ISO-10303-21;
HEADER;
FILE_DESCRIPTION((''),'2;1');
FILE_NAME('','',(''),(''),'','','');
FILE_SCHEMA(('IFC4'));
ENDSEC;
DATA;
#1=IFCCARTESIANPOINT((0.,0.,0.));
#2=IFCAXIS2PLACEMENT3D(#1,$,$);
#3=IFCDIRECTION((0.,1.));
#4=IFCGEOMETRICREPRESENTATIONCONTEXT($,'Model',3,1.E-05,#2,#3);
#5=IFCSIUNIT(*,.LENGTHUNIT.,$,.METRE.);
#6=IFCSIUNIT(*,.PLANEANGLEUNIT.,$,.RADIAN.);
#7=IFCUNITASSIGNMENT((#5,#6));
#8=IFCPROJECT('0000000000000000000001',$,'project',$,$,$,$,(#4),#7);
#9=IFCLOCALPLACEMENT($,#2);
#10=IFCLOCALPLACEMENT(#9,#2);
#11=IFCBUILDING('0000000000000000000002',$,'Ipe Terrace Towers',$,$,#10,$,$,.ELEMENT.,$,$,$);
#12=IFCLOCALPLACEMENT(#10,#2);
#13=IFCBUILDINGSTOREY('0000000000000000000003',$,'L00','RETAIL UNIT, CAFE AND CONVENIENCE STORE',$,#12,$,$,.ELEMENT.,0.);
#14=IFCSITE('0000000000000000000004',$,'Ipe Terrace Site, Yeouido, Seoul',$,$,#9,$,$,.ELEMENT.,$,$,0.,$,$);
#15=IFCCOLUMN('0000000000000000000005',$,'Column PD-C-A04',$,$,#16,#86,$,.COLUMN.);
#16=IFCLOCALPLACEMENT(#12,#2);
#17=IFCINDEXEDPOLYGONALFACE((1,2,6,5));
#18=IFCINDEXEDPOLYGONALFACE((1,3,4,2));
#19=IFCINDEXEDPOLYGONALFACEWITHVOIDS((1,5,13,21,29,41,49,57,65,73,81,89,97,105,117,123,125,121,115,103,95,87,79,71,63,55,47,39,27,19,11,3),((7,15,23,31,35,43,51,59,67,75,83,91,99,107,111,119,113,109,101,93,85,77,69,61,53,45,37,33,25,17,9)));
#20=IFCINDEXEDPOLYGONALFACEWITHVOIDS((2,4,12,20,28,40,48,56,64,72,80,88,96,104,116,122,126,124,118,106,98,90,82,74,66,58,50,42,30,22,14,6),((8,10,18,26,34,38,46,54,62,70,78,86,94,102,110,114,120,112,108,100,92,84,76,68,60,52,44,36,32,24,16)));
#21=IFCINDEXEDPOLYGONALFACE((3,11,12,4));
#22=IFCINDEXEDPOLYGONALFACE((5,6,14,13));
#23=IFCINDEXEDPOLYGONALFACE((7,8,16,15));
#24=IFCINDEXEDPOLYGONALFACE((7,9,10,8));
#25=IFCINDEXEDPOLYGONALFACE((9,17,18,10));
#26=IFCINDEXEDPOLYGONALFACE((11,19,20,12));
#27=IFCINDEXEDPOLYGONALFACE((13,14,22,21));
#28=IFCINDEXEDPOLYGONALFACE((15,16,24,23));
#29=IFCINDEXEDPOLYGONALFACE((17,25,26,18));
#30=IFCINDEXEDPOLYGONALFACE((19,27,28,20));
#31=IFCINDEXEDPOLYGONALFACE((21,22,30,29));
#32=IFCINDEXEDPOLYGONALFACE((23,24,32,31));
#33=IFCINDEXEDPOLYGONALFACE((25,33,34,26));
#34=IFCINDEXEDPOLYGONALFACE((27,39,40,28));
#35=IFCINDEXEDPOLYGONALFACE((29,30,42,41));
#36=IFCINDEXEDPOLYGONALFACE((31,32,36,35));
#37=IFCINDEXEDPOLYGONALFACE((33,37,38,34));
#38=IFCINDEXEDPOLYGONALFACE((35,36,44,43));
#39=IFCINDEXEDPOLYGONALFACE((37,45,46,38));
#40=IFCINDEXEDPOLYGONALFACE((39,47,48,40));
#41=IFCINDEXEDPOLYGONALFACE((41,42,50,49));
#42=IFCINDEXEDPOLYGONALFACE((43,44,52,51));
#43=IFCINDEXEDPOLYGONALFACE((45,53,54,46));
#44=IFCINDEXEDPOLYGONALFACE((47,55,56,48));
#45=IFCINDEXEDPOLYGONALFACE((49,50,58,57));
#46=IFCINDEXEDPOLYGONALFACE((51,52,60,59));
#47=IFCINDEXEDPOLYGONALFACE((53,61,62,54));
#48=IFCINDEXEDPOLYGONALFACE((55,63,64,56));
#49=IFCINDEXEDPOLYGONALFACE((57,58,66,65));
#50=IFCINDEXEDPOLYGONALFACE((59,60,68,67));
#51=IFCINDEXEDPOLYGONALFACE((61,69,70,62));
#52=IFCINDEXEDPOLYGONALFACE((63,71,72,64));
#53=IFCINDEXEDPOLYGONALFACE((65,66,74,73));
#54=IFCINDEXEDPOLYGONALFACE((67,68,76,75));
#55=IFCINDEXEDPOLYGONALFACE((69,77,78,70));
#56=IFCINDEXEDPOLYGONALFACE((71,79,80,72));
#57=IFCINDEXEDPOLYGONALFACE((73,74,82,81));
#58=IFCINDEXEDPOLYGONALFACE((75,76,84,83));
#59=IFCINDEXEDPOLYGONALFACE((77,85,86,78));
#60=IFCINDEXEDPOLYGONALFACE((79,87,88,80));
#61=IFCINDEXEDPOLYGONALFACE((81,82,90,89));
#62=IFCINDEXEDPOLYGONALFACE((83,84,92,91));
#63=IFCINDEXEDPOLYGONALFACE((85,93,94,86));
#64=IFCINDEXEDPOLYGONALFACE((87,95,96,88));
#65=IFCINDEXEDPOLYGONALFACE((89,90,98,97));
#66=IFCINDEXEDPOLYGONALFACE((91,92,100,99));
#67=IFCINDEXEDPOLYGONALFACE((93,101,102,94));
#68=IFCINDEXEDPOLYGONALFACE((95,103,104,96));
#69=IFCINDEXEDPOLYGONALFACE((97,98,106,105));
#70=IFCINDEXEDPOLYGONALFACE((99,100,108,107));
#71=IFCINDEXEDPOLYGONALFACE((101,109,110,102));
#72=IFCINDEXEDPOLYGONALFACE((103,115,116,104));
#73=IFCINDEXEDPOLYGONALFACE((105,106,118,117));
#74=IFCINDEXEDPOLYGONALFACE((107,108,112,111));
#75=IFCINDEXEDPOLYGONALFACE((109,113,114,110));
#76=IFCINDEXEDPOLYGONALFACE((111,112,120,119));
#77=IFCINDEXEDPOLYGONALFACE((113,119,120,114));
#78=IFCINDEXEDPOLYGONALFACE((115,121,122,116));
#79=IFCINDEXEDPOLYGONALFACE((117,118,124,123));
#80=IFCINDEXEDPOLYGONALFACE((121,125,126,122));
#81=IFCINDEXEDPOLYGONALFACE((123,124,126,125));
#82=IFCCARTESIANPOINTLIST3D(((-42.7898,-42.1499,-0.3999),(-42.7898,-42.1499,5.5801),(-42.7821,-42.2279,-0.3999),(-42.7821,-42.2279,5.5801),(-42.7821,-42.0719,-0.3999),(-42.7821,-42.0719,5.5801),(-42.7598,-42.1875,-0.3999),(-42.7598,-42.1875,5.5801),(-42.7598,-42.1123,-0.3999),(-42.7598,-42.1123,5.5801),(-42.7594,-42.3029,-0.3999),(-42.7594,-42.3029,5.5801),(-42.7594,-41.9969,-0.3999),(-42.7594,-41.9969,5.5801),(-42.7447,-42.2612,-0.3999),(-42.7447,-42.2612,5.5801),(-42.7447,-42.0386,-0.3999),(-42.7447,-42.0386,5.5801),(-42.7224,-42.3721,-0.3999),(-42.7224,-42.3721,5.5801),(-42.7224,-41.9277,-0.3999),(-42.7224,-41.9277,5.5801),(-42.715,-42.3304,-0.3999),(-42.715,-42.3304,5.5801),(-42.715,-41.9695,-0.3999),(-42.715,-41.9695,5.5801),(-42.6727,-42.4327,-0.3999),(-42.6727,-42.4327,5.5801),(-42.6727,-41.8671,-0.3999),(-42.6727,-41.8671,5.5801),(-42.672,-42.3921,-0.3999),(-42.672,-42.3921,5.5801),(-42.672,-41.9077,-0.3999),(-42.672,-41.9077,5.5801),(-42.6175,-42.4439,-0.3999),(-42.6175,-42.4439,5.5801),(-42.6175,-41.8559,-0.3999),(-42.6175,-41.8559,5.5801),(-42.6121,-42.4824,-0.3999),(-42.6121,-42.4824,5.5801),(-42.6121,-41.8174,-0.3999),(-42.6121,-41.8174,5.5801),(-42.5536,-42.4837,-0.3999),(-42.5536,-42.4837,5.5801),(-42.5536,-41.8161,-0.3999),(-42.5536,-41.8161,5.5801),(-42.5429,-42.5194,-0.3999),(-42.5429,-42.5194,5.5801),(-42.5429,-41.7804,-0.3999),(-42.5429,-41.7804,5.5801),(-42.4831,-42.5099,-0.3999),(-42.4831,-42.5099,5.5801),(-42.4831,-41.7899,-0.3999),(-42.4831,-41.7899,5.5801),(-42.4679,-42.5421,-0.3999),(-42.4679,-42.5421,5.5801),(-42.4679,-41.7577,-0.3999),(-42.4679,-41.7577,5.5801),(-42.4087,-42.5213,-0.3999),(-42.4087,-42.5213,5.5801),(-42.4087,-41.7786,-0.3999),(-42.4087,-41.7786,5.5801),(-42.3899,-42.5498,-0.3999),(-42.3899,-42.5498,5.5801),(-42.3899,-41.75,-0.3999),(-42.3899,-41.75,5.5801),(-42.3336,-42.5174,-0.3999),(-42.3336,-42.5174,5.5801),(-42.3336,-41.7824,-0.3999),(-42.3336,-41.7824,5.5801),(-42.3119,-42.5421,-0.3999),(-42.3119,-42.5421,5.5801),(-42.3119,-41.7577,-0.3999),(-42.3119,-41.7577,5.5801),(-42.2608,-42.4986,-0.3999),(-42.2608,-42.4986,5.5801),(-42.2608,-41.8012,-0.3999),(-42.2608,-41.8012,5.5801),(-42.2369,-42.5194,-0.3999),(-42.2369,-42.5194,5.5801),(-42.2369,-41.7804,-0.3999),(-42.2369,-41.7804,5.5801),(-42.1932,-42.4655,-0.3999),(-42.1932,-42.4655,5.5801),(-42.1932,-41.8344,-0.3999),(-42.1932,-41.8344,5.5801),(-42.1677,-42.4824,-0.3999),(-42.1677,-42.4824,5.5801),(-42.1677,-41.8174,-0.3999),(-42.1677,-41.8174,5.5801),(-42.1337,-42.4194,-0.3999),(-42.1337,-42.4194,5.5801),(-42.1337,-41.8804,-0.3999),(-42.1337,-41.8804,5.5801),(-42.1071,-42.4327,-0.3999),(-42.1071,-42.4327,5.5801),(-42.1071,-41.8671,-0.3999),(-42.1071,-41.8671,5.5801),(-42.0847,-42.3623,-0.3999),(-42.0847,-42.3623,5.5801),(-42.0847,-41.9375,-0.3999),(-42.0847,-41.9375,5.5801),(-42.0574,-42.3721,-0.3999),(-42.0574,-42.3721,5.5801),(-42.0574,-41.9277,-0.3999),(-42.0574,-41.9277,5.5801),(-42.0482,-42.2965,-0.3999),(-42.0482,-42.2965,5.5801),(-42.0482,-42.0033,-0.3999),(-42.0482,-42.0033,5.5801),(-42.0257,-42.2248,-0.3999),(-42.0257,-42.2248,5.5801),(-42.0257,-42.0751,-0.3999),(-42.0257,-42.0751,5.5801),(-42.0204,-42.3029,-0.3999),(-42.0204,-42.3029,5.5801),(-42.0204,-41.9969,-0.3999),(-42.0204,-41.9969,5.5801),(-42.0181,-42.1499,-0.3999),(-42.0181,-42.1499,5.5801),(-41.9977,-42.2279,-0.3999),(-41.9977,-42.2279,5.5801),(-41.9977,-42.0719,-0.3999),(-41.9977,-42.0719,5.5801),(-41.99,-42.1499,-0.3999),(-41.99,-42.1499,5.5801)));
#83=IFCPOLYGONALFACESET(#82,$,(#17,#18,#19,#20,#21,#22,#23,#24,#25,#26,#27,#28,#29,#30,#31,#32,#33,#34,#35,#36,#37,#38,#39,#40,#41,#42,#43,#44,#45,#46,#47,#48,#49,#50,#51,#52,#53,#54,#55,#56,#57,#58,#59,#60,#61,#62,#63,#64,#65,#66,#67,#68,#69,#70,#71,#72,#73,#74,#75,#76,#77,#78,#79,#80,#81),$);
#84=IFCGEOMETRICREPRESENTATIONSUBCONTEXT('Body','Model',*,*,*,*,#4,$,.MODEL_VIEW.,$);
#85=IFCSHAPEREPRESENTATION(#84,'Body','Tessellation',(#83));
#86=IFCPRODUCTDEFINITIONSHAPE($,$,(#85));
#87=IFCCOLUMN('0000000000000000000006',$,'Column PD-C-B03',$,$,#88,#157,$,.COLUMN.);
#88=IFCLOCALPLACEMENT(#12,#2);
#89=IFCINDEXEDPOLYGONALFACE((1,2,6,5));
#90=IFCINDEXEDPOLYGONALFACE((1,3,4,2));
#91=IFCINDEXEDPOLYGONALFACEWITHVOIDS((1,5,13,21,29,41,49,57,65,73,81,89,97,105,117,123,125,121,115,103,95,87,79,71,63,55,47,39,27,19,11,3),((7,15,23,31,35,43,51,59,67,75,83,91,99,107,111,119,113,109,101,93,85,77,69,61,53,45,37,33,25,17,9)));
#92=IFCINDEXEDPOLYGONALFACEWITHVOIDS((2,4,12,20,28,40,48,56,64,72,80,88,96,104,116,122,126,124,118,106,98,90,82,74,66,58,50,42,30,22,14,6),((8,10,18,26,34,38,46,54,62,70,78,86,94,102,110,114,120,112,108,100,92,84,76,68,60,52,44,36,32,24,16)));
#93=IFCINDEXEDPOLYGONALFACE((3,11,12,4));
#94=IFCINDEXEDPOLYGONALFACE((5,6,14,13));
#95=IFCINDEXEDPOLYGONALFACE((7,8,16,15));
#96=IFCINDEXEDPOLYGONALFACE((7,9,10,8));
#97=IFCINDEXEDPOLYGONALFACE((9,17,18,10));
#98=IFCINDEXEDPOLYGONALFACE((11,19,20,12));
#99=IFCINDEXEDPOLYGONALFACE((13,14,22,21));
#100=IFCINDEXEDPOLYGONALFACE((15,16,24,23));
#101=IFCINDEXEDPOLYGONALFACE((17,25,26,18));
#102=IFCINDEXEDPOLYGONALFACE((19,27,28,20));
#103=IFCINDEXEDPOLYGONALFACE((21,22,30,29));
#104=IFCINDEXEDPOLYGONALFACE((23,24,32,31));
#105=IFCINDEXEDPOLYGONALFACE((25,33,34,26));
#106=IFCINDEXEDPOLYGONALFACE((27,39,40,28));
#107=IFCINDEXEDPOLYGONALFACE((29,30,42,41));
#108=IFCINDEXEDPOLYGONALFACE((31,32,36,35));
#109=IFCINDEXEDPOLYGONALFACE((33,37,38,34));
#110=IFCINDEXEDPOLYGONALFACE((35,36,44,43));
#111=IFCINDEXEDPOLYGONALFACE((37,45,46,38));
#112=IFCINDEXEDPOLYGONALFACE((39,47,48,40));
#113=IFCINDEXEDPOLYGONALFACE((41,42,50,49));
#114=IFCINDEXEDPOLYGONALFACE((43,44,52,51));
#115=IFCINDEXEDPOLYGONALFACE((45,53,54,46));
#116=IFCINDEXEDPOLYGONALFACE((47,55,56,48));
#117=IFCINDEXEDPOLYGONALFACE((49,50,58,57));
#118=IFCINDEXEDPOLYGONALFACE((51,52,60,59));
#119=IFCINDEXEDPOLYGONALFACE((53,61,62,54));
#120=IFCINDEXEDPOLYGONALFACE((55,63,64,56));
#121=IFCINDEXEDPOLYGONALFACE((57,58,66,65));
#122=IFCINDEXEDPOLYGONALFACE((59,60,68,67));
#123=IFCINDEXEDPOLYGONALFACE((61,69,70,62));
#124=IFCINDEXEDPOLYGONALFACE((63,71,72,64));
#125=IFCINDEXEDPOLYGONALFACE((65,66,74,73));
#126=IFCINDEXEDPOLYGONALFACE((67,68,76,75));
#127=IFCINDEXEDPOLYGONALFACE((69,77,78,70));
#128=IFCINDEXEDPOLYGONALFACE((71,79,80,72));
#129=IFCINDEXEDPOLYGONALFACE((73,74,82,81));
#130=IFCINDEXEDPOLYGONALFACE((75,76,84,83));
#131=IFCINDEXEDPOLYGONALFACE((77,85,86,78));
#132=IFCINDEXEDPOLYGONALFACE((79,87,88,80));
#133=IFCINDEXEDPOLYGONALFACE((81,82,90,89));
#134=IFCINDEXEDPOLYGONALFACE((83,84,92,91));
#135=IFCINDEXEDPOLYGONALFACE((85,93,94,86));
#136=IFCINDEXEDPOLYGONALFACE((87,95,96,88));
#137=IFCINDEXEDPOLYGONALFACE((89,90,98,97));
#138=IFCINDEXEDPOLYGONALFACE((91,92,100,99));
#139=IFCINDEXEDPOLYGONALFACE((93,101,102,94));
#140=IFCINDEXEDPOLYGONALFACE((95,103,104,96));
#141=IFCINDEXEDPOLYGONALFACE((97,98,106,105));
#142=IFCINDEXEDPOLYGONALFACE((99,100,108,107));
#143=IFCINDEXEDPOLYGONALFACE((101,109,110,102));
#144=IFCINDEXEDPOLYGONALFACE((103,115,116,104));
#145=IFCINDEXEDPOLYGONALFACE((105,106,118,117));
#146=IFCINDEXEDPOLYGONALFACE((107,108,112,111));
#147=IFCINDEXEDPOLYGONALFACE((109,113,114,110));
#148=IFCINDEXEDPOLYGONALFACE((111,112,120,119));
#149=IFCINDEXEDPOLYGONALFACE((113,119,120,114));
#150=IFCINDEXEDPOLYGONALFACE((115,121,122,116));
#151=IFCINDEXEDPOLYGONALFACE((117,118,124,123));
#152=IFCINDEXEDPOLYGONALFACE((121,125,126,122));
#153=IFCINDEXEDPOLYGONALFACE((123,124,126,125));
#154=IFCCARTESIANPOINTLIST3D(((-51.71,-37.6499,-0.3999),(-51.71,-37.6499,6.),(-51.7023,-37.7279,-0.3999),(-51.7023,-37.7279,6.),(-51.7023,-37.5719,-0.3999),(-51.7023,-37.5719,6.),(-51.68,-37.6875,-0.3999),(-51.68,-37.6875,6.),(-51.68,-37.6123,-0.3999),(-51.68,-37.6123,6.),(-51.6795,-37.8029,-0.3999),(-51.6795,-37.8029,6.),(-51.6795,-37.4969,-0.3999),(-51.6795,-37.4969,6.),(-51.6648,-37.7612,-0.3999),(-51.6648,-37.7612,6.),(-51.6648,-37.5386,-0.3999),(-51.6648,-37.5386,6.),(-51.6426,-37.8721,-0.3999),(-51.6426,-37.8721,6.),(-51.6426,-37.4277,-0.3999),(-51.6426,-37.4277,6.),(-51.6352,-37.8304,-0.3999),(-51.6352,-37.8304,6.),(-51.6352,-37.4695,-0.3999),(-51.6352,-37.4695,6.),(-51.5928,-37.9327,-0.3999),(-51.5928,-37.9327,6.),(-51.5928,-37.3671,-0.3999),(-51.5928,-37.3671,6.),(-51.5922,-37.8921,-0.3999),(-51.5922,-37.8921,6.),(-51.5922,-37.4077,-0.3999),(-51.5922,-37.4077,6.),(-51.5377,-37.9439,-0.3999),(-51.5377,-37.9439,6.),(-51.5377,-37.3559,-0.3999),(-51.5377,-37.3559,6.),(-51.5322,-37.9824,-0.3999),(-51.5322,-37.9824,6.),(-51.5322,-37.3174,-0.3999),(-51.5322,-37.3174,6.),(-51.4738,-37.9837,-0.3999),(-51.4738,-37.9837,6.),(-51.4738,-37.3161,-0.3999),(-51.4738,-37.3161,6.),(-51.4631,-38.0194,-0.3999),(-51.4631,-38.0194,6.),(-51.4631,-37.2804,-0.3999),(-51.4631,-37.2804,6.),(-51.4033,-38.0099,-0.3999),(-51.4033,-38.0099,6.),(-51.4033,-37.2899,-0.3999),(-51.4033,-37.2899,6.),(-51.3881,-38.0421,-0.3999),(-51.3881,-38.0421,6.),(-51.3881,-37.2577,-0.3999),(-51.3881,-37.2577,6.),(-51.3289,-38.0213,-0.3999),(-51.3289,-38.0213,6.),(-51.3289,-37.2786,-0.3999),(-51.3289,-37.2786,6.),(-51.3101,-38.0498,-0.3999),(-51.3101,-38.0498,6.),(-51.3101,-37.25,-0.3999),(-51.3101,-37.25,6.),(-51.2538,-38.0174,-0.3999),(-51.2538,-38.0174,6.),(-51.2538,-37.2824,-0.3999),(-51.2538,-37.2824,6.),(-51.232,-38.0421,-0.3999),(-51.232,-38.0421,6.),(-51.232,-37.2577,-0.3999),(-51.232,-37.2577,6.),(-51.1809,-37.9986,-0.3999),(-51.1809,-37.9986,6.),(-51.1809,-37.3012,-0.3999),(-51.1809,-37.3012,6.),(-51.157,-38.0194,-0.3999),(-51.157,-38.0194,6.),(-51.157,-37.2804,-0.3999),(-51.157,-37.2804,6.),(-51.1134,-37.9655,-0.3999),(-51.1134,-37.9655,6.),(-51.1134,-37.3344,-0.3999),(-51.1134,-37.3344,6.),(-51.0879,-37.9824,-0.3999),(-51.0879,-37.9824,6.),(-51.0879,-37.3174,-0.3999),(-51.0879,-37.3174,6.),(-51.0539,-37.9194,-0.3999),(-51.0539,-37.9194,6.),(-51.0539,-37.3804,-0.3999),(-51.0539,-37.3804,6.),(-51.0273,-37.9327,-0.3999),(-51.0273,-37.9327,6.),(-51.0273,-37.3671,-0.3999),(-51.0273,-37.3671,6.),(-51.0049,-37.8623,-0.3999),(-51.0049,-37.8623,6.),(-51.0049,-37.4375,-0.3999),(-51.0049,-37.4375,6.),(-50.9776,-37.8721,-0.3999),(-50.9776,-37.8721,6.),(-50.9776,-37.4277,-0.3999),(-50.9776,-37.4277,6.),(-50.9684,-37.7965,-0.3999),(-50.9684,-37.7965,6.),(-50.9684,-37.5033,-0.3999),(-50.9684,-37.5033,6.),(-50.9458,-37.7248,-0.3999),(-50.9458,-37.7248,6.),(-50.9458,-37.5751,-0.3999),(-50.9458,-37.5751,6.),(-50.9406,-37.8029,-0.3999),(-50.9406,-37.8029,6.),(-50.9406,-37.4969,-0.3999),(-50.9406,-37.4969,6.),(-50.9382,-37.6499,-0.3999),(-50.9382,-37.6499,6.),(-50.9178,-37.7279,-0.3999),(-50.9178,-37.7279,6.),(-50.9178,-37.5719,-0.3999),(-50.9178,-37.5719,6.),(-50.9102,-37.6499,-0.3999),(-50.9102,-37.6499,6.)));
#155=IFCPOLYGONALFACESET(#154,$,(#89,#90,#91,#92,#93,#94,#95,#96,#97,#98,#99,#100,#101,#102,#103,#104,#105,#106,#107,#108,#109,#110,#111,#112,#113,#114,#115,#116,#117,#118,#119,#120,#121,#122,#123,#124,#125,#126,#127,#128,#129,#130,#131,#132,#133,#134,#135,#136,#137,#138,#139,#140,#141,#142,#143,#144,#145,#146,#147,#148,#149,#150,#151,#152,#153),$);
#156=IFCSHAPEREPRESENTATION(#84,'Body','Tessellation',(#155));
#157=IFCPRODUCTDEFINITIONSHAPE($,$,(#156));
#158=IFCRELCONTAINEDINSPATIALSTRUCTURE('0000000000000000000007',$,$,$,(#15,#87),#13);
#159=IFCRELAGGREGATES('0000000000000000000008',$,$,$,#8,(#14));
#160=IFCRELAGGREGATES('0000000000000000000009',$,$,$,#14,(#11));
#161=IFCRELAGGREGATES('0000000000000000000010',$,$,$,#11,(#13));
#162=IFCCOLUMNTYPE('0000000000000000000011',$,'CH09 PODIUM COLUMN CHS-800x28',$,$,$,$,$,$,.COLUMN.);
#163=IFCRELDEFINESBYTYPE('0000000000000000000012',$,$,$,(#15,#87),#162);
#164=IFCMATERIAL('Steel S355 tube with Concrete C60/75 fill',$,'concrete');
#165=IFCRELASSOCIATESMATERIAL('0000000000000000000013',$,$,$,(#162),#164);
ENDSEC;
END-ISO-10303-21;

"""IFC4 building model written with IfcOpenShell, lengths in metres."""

from ifc_helpers import new_model, si_unit, direction, frame, origin, origin_2d, place, context, subcontext, project, spatial, hollow_circle, extrude, material, material_profile, profile_set, type_object, element, save


model = new_model("IFC4")

# Units and contexts
model_context = context("Model", 3, precision=1e-05, world=origin(), true_north=direction((0.0, 1.0)))
body_context = subcontext(model_context, "Body", "Model", "MODEL_VIEW")
ifc_project = project(units=[si_unit("LENGTHUNIT", "METRE"), si_unit("PLANEANGLEUNIT", "RADIAN")], contexts=[model_context])

# Site, building, storey
site_placement = place(None, origin())
site = spatial("IfcSite", under=ifc_project, at=site_placement, Name="Ipe Terrace Site, Yeouido, Seoul", CompositionType="ELEMENT", RefElevation=0.0)
building_placement = place(site_placement, origin())
building = spatial("IfcBuilding", under=site, at=building_placement, Name="Ipe Terrace Towers", CompositionType="ELEMENT")
storey_placement = place(building_placement, origin())
storey = spatial("IfcBuildingStorey", under=building, at=storey_placement, Name="L00", Description="RETAIL UNIT, CAFE AND CONVENIENCE STORE", CompositionType="ELEMENT", Elevation=0.0)

# Columns
ifc_material_1 = material(Name="Steel S355 tube with Concrete C60/75 fill", Category="concrete")
ifc_material_profile_1 = material_profile(ifc_material_1, hollow_circle(Radius=0.3999, WallThickness=0.0281, at=origin_2d()), Name="CHS-800x28")
ifc_profile_set_1 = profile_set([ifc_material_profile_1], Name="Steel S355 tube with Concrete C60/75 fill")
column_type_1 = type_object("IfcColumnType", Name="CH09 PODIUM COLUMN CHS-800x28", PredefinedType="COLUMN", material=ifc_profile_set_1)
for number, where, z_axis, x_axis, name in (
    (1, (-42.3899, -42.1499, -0.3999), (0.0, 0.0, 1.0), (1.0, 0.0, 0.0), "Column PD-C-A04"),
):
    element("IfcColumn", number, at=place(storey_placement, frame(where, z_axis=z_axis, x_axis=x_axis)), inside=storey, type_object=column_type_1, Name=name, PredefinedType="COLUMN", context=body_context, shape_type="SweptSolid", body=[
        extrude(hollow_circle(Radius=0.3999, WallThickness=0.0281, at=origin_2d()), origin(), (0.0, 0.0, 1.0), 5.98),
    ])
for number, where, z_axis, x_axis, name in (
    (2, (-51.3101, -37.6499, -0.3999), (0.0, 0.0, 1.0), (1.0, 0.0, 0.0), "Column PD-C-B03"),
):
    element("IfcColumn", number, at=place(storey_placement, frame(where, z_axis=z_axis, x_axis=x_axis)), inside=storey, type_object=column_type_1, Name=name, PredefinedType="COLUMN", context=body_context, shape_type="SweptSolid", body=[
        extrude(hollow_circle(Radius=0.3999, WallThickness=0.0281, at=origin_2d()), origin(), (0.0, 0.0, 1.0), 6.3999),
    ])

save(model, "model.ifc")
